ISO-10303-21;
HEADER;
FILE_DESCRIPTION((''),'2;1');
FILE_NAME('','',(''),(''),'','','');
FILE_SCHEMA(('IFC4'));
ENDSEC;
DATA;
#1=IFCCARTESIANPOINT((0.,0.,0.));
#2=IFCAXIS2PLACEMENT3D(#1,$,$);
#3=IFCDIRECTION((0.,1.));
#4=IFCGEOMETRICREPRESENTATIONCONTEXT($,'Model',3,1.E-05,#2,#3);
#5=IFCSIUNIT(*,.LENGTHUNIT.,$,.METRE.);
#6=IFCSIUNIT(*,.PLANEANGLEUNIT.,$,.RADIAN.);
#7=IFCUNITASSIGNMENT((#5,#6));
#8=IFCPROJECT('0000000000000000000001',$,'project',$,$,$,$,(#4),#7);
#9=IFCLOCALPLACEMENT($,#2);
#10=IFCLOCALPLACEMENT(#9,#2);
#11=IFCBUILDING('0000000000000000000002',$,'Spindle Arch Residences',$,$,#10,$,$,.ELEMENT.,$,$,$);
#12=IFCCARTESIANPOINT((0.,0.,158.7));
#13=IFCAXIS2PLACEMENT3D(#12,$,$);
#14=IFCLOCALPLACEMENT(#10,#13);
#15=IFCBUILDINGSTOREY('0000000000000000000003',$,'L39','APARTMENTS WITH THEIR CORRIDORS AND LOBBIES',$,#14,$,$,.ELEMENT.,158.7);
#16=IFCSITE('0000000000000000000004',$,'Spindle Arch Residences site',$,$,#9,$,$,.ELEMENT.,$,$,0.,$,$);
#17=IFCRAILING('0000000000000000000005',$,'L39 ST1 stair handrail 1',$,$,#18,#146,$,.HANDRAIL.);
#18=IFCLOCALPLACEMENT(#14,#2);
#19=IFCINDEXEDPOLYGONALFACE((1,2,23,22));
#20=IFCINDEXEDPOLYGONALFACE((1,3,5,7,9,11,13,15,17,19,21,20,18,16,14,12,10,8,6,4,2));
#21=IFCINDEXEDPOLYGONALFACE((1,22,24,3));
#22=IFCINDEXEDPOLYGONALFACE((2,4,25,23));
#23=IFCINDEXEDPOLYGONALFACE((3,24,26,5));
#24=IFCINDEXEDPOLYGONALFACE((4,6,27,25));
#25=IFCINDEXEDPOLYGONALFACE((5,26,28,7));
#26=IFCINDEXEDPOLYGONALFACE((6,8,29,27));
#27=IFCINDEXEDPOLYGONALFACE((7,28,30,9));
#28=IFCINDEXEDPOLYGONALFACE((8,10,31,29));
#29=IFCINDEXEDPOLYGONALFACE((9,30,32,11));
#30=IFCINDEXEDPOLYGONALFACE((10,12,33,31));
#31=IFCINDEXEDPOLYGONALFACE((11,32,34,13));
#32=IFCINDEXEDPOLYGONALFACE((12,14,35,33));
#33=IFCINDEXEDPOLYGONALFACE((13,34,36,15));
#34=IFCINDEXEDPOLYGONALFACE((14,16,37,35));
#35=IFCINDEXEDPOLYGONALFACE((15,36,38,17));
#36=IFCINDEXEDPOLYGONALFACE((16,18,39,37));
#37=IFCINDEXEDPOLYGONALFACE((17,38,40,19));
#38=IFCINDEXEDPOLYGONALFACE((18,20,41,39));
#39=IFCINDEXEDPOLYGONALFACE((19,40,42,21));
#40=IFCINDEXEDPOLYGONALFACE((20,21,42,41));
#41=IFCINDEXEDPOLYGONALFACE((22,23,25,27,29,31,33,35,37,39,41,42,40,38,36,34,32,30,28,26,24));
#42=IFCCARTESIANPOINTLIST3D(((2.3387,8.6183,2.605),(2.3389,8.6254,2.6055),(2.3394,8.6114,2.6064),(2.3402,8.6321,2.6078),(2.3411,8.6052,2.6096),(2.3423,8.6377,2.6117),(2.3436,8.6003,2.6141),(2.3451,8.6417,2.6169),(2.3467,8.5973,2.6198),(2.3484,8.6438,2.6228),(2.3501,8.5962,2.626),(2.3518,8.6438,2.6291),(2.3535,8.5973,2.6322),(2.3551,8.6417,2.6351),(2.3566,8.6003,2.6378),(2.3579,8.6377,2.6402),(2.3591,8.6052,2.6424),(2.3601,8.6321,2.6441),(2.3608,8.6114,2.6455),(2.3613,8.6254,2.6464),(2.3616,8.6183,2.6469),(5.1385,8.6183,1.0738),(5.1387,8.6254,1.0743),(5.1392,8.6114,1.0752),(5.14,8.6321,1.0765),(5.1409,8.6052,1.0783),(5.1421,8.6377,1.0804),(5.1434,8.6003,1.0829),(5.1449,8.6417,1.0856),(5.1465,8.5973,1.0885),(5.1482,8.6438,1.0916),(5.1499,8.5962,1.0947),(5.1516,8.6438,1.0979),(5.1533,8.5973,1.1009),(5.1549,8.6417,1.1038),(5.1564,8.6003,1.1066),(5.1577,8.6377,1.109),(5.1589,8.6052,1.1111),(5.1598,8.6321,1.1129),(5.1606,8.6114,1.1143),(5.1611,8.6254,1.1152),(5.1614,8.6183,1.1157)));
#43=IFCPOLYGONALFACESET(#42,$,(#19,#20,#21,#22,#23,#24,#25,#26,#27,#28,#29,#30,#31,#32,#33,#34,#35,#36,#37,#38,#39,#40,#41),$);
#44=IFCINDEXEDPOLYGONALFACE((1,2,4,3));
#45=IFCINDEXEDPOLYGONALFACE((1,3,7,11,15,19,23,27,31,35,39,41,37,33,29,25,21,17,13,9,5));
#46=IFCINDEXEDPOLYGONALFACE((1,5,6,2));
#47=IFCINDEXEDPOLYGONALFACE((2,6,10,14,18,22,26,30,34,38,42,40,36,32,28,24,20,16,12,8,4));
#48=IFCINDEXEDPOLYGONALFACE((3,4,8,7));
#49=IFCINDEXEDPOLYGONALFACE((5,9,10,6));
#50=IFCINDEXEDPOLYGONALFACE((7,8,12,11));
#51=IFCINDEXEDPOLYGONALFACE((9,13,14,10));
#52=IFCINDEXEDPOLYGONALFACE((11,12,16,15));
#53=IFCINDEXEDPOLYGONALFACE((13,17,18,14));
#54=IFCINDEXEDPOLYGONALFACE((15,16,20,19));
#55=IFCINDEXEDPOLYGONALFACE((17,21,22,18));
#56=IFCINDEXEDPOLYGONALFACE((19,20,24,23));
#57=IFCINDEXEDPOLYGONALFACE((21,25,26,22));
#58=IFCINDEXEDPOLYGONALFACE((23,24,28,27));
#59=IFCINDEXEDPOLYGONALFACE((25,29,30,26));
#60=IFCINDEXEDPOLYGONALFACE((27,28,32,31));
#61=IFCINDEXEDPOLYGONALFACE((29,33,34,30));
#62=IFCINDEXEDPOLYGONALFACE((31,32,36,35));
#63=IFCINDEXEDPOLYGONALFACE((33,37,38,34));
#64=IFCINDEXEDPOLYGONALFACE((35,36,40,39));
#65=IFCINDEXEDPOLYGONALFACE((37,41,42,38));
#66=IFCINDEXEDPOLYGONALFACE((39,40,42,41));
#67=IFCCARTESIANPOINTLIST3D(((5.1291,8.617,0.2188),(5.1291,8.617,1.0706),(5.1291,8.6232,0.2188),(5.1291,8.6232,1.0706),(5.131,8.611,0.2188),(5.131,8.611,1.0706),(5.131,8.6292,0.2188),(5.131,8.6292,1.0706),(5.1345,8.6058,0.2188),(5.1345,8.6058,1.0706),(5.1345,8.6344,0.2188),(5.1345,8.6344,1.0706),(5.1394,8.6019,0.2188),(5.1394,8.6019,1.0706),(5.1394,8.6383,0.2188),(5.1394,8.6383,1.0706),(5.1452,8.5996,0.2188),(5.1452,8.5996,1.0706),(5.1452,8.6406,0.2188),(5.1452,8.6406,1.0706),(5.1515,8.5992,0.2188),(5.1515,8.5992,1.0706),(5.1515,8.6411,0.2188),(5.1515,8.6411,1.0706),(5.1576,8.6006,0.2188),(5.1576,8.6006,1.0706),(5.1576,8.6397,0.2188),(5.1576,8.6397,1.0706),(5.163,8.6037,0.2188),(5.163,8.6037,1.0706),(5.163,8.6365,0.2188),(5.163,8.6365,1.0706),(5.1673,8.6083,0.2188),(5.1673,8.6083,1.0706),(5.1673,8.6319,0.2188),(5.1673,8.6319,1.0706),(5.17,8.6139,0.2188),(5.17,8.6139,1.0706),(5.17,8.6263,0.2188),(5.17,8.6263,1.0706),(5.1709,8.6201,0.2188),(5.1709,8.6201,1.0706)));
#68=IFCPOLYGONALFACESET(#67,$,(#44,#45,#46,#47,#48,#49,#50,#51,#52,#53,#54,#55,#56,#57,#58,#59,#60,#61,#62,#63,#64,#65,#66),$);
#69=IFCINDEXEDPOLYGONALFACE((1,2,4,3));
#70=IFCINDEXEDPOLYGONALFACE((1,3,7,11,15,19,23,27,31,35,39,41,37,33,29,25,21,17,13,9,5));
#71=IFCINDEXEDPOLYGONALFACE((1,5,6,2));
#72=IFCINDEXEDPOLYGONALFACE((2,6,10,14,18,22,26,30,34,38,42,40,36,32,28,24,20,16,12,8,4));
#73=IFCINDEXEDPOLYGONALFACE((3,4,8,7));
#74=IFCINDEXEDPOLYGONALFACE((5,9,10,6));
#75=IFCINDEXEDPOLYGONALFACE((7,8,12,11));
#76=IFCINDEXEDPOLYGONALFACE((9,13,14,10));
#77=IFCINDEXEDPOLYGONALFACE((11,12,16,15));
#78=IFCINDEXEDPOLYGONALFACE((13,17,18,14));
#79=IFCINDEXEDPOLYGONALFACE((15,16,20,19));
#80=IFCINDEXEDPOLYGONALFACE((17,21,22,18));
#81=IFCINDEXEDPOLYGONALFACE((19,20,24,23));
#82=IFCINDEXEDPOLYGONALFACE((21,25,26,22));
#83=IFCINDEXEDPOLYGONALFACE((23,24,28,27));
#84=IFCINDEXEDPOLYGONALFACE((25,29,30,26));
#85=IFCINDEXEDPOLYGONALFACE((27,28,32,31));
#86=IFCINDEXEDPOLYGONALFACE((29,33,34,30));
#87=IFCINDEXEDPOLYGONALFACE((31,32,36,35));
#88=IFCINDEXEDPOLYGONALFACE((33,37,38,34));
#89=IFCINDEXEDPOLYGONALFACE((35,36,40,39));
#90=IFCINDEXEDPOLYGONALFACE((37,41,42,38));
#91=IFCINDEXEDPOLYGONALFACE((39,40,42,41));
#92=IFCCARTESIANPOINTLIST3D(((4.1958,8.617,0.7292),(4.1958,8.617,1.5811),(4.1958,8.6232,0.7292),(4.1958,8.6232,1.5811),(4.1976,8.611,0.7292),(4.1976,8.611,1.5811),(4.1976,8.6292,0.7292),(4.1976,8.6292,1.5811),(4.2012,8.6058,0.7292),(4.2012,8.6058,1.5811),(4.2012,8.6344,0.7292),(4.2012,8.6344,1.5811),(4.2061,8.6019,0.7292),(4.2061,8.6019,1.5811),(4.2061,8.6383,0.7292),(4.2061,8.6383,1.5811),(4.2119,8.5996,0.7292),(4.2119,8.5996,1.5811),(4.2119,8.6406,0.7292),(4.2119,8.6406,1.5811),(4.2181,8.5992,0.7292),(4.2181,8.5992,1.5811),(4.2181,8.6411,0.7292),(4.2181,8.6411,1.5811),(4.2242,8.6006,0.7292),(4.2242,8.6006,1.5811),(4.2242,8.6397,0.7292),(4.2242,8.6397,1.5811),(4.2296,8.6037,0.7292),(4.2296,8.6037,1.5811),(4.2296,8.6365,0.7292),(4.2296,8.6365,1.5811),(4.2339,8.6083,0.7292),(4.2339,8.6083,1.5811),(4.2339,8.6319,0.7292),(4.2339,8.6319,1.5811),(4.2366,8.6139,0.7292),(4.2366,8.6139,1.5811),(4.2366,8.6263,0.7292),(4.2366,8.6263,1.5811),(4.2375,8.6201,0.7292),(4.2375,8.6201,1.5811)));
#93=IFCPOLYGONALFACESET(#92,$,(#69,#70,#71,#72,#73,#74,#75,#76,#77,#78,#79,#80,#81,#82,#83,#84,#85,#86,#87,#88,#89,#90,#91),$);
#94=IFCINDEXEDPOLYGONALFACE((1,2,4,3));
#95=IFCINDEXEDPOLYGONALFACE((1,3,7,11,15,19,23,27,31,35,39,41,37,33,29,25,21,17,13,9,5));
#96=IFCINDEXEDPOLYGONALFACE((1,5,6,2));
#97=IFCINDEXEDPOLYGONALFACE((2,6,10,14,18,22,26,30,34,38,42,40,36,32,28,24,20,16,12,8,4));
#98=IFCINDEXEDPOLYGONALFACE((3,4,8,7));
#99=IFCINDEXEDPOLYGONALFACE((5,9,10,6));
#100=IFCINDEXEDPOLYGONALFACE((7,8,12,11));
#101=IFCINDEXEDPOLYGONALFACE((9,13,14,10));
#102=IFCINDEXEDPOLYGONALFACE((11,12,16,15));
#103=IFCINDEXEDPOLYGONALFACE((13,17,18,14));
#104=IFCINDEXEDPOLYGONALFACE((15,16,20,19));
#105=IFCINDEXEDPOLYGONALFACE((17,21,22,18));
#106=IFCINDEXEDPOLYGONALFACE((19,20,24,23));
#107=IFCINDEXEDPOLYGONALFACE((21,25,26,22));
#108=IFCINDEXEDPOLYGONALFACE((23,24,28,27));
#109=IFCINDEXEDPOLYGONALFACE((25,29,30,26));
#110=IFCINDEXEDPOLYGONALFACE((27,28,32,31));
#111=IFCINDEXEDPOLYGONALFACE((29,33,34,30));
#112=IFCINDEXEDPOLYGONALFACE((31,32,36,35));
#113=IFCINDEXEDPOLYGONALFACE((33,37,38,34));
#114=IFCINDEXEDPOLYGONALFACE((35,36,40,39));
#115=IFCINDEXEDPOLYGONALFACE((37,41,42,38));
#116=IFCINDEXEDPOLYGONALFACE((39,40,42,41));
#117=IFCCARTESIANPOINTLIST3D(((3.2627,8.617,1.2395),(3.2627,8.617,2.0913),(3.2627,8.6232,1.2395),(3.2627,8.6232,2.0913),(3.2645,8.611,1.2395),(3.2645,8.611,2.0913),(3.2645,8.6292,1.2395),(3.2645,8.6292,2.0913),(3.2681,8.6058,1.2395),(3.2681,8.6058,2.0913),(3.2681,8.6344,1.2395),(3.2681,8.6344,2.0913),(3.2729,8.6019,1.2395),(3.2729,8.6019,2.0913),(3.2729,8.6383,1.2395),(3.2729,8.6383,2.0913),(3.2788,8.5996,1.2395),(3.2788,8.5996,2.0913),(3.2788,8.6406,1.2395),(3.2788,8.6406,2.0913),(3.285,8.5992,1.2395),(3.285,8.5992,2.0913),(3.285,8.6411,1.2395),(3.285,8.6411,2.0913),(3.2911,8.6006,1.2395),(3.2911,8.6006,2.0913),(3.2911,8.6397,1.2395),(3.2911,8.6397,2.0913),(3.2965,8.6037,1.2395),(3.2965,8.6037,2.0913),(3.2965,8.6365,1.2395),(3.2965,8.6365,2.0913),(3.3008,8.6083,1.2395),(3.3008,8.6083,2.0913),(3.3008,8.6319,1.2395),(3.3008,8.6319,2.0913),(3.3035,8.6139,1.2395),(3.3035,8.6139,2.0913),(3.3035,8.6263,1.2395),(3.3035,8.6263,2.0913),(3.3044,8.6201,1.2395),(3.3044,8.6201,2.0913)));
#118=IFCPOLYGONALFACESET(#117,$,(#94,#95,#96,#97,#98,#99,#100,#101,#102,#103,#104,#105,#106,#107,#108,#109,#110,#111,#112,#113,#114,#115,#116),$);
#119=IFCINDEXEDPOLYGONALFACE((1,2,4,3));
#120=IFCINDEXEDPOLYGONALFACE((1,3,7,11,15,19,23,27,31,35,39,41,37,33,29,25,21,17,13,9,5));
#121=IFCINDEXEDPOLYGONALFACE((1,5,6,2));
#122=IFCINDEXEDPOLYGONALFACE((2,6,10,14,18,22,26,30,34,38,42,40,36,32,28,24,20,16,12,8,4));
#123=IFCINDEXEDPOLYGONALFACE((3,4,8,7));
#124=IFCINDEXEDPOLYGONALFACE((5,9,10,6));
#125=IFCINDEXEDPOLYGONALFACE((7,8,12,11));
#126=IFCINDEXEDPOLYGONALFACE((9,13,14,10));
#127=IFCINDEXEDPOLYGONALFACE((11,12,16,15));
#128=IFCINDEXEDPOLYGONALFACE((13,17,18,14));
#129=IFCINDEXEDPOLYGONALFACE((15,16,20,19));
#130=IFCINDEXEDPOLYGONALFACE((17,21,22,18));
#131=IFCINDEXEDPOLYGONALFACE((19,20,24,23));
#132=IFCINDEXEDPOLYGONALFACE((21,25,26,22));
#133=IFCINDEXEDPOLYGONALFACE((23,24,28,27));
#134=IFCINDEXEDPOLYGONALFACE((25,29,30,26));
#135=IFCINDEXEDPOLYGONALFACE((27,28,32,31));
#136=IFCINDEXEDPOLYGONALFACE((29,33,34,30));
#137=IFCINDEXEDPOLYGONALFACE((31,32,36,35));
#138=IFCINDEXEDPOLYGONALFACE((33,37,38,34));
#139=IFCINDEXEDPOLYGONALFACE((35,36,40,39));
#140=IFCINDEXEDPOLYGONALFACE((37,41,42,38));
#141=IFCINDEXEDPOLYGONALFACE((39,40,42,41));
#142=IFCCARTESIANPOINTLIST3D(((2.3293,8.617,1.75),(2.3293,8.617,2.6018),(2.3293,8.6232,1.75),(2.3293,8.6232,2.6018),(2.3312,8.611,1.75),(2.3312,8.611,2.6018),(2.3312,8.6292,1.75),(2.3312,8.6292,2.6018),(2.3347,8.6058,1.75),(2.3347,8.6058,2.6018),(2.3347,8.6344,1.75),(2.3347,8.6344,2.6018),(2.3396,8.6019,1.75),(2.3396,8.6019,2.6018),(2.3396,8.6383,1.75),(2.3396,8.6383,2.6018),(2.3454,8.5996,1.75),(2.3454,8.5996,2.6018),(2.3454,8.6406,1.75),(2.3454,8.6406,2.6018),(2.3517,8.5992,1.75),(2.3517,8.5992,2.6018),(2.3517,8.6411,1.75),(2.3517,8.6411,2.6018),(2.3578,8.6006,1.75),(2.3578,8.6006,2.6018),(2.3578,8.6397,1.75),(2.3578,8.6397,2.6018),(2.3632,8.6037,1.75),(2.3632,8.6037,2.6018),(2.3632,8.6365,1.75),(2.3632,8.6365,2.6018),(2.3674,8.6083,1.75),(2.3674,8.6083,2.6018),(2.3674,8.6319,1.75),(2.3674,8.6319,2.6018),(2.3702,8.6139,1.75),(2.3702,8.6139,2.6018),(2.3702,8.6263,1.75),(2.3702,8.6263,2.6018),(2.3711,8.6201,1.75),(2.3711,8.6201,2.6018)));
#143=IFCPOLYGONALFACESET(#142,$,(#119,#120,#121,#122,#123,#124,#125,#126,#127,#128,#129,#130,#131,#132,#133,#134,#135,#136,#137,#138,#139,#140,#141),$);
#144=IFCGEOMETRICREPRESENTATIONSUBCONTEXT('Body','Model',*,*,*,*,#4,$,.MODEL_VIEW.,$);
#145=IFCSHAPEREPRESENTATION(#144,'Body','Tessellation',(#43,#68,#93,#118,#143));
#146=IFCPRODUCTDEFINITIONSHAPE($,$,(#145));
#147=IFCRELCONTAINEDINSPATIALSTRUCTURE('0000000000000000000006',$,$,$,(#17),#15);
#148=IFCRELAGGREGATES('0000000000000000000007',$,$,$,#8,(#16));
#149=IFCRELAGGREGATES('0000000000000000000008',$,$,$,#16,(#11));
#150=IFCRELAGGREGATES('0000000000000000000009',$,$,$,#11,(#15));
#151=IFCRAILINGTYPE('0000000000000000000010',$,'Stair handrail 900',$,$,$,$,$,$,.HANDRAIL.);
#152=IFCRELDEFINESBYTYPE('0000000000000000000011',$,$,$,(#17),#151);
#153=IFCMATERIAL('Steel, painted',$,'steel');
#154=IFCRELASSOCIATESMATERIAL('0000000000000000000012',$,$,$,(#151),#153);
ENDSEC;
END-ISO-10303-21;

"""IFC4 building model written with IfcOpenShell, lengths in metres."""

from ifc_helpers import new_model, si_unit, direction, frame, origin, origin_2d, place, context, subcontext, project, spatial, circle, extrude, material, type_object, element, save


model = new_model("IFC4")

# Units and contexts
model_context = context("Model", 3, precision=1e-05, world=origin(), true_north=direction((0.0, 1.0)))
body_context = subcontext(model_context, "Body", "Model", "MODEL_VIEW")
ifc_project = project(units=[si_unit("LENGTHUNIT", "METRE"), si_unit("PLANEANGLEUNIT", "RADIAN")], contexts=[model_context])

# Site, building, storey
site_placement = place(None, origin())
site = spatial("IfcSite", under=ifc_project, at=site_placement, Name="Spindle Arch Residences site", CompositionType="ELEMENT", RefElevation=0.0)
building_placement = place(site_placement, origin())
building = spatial("IfcBuilding", under=site, at=building_placement, Name="Spindle Arch Residences", CompositionType="ELEMENT")
storey_placement = place(building_placement, frame((0.0, 0.0, 158.7)))
storey = spatial("IfcBuildingStorey", under=building, at=storey_placement, Name="L39", Description="APARTMENTS WITH THEIR CORRIDORS AND LOBBIES", CompositionType="ELEMENT", Elevation=158.7)

# Railing
ifc_material_1 = material(Name="Steel, painted", Category="steel")
railing_type_1 = type_object("IfcRailingType", Name="Stair handrail 900", PredefinedType="HANDRAIL", material=ifc_material_1)
railing_1_placement = place(storey_placement, frame((5.1499, 8.6201, 0.2188)))
element("IfcRailing", 1, at=railing_1_placement, inside=storey, type_object=railing_type_1, Name="L39 ST1 stair handrail 1", PredefinedType="HANDRAIL", context=body_context, shape_type="SweptSolid", body=[
    extrude(circle(Radius=0.0239, at=origin_2d()), frame((0.0, 0.0, 0.876), z_axis=(-0.877357, 0.0, 0.479838), x_axis=(0.0, -1.0, 0.0)), (0.0, 0.0, 1.0), 3.1912),
    extrude(circle(Radius=0.021, at=origin_2d()), origin(), (0.0, 0.0, 1.0), 0.8518),
    extrude(circle(Radius=0.021, at=origin_2d()), frame((-0.9333, 0.0, 0.5105)), (0.0, 0.0, 1.0), 0.8518),
    extrude(circle(Radius=0.021, at=origin_2d()), frame((-1.8665, 0.0, 1.0208)), (0.0, 0.0, 1.0), 0.8518),
    extrude(circle(Radius=0.021, at=origin_2d()), frame((-2.7998, 0.0, 1.5312)), (0.0, 0.0, 1.0), 0.8518),
])

save(model, "model.ifc")
